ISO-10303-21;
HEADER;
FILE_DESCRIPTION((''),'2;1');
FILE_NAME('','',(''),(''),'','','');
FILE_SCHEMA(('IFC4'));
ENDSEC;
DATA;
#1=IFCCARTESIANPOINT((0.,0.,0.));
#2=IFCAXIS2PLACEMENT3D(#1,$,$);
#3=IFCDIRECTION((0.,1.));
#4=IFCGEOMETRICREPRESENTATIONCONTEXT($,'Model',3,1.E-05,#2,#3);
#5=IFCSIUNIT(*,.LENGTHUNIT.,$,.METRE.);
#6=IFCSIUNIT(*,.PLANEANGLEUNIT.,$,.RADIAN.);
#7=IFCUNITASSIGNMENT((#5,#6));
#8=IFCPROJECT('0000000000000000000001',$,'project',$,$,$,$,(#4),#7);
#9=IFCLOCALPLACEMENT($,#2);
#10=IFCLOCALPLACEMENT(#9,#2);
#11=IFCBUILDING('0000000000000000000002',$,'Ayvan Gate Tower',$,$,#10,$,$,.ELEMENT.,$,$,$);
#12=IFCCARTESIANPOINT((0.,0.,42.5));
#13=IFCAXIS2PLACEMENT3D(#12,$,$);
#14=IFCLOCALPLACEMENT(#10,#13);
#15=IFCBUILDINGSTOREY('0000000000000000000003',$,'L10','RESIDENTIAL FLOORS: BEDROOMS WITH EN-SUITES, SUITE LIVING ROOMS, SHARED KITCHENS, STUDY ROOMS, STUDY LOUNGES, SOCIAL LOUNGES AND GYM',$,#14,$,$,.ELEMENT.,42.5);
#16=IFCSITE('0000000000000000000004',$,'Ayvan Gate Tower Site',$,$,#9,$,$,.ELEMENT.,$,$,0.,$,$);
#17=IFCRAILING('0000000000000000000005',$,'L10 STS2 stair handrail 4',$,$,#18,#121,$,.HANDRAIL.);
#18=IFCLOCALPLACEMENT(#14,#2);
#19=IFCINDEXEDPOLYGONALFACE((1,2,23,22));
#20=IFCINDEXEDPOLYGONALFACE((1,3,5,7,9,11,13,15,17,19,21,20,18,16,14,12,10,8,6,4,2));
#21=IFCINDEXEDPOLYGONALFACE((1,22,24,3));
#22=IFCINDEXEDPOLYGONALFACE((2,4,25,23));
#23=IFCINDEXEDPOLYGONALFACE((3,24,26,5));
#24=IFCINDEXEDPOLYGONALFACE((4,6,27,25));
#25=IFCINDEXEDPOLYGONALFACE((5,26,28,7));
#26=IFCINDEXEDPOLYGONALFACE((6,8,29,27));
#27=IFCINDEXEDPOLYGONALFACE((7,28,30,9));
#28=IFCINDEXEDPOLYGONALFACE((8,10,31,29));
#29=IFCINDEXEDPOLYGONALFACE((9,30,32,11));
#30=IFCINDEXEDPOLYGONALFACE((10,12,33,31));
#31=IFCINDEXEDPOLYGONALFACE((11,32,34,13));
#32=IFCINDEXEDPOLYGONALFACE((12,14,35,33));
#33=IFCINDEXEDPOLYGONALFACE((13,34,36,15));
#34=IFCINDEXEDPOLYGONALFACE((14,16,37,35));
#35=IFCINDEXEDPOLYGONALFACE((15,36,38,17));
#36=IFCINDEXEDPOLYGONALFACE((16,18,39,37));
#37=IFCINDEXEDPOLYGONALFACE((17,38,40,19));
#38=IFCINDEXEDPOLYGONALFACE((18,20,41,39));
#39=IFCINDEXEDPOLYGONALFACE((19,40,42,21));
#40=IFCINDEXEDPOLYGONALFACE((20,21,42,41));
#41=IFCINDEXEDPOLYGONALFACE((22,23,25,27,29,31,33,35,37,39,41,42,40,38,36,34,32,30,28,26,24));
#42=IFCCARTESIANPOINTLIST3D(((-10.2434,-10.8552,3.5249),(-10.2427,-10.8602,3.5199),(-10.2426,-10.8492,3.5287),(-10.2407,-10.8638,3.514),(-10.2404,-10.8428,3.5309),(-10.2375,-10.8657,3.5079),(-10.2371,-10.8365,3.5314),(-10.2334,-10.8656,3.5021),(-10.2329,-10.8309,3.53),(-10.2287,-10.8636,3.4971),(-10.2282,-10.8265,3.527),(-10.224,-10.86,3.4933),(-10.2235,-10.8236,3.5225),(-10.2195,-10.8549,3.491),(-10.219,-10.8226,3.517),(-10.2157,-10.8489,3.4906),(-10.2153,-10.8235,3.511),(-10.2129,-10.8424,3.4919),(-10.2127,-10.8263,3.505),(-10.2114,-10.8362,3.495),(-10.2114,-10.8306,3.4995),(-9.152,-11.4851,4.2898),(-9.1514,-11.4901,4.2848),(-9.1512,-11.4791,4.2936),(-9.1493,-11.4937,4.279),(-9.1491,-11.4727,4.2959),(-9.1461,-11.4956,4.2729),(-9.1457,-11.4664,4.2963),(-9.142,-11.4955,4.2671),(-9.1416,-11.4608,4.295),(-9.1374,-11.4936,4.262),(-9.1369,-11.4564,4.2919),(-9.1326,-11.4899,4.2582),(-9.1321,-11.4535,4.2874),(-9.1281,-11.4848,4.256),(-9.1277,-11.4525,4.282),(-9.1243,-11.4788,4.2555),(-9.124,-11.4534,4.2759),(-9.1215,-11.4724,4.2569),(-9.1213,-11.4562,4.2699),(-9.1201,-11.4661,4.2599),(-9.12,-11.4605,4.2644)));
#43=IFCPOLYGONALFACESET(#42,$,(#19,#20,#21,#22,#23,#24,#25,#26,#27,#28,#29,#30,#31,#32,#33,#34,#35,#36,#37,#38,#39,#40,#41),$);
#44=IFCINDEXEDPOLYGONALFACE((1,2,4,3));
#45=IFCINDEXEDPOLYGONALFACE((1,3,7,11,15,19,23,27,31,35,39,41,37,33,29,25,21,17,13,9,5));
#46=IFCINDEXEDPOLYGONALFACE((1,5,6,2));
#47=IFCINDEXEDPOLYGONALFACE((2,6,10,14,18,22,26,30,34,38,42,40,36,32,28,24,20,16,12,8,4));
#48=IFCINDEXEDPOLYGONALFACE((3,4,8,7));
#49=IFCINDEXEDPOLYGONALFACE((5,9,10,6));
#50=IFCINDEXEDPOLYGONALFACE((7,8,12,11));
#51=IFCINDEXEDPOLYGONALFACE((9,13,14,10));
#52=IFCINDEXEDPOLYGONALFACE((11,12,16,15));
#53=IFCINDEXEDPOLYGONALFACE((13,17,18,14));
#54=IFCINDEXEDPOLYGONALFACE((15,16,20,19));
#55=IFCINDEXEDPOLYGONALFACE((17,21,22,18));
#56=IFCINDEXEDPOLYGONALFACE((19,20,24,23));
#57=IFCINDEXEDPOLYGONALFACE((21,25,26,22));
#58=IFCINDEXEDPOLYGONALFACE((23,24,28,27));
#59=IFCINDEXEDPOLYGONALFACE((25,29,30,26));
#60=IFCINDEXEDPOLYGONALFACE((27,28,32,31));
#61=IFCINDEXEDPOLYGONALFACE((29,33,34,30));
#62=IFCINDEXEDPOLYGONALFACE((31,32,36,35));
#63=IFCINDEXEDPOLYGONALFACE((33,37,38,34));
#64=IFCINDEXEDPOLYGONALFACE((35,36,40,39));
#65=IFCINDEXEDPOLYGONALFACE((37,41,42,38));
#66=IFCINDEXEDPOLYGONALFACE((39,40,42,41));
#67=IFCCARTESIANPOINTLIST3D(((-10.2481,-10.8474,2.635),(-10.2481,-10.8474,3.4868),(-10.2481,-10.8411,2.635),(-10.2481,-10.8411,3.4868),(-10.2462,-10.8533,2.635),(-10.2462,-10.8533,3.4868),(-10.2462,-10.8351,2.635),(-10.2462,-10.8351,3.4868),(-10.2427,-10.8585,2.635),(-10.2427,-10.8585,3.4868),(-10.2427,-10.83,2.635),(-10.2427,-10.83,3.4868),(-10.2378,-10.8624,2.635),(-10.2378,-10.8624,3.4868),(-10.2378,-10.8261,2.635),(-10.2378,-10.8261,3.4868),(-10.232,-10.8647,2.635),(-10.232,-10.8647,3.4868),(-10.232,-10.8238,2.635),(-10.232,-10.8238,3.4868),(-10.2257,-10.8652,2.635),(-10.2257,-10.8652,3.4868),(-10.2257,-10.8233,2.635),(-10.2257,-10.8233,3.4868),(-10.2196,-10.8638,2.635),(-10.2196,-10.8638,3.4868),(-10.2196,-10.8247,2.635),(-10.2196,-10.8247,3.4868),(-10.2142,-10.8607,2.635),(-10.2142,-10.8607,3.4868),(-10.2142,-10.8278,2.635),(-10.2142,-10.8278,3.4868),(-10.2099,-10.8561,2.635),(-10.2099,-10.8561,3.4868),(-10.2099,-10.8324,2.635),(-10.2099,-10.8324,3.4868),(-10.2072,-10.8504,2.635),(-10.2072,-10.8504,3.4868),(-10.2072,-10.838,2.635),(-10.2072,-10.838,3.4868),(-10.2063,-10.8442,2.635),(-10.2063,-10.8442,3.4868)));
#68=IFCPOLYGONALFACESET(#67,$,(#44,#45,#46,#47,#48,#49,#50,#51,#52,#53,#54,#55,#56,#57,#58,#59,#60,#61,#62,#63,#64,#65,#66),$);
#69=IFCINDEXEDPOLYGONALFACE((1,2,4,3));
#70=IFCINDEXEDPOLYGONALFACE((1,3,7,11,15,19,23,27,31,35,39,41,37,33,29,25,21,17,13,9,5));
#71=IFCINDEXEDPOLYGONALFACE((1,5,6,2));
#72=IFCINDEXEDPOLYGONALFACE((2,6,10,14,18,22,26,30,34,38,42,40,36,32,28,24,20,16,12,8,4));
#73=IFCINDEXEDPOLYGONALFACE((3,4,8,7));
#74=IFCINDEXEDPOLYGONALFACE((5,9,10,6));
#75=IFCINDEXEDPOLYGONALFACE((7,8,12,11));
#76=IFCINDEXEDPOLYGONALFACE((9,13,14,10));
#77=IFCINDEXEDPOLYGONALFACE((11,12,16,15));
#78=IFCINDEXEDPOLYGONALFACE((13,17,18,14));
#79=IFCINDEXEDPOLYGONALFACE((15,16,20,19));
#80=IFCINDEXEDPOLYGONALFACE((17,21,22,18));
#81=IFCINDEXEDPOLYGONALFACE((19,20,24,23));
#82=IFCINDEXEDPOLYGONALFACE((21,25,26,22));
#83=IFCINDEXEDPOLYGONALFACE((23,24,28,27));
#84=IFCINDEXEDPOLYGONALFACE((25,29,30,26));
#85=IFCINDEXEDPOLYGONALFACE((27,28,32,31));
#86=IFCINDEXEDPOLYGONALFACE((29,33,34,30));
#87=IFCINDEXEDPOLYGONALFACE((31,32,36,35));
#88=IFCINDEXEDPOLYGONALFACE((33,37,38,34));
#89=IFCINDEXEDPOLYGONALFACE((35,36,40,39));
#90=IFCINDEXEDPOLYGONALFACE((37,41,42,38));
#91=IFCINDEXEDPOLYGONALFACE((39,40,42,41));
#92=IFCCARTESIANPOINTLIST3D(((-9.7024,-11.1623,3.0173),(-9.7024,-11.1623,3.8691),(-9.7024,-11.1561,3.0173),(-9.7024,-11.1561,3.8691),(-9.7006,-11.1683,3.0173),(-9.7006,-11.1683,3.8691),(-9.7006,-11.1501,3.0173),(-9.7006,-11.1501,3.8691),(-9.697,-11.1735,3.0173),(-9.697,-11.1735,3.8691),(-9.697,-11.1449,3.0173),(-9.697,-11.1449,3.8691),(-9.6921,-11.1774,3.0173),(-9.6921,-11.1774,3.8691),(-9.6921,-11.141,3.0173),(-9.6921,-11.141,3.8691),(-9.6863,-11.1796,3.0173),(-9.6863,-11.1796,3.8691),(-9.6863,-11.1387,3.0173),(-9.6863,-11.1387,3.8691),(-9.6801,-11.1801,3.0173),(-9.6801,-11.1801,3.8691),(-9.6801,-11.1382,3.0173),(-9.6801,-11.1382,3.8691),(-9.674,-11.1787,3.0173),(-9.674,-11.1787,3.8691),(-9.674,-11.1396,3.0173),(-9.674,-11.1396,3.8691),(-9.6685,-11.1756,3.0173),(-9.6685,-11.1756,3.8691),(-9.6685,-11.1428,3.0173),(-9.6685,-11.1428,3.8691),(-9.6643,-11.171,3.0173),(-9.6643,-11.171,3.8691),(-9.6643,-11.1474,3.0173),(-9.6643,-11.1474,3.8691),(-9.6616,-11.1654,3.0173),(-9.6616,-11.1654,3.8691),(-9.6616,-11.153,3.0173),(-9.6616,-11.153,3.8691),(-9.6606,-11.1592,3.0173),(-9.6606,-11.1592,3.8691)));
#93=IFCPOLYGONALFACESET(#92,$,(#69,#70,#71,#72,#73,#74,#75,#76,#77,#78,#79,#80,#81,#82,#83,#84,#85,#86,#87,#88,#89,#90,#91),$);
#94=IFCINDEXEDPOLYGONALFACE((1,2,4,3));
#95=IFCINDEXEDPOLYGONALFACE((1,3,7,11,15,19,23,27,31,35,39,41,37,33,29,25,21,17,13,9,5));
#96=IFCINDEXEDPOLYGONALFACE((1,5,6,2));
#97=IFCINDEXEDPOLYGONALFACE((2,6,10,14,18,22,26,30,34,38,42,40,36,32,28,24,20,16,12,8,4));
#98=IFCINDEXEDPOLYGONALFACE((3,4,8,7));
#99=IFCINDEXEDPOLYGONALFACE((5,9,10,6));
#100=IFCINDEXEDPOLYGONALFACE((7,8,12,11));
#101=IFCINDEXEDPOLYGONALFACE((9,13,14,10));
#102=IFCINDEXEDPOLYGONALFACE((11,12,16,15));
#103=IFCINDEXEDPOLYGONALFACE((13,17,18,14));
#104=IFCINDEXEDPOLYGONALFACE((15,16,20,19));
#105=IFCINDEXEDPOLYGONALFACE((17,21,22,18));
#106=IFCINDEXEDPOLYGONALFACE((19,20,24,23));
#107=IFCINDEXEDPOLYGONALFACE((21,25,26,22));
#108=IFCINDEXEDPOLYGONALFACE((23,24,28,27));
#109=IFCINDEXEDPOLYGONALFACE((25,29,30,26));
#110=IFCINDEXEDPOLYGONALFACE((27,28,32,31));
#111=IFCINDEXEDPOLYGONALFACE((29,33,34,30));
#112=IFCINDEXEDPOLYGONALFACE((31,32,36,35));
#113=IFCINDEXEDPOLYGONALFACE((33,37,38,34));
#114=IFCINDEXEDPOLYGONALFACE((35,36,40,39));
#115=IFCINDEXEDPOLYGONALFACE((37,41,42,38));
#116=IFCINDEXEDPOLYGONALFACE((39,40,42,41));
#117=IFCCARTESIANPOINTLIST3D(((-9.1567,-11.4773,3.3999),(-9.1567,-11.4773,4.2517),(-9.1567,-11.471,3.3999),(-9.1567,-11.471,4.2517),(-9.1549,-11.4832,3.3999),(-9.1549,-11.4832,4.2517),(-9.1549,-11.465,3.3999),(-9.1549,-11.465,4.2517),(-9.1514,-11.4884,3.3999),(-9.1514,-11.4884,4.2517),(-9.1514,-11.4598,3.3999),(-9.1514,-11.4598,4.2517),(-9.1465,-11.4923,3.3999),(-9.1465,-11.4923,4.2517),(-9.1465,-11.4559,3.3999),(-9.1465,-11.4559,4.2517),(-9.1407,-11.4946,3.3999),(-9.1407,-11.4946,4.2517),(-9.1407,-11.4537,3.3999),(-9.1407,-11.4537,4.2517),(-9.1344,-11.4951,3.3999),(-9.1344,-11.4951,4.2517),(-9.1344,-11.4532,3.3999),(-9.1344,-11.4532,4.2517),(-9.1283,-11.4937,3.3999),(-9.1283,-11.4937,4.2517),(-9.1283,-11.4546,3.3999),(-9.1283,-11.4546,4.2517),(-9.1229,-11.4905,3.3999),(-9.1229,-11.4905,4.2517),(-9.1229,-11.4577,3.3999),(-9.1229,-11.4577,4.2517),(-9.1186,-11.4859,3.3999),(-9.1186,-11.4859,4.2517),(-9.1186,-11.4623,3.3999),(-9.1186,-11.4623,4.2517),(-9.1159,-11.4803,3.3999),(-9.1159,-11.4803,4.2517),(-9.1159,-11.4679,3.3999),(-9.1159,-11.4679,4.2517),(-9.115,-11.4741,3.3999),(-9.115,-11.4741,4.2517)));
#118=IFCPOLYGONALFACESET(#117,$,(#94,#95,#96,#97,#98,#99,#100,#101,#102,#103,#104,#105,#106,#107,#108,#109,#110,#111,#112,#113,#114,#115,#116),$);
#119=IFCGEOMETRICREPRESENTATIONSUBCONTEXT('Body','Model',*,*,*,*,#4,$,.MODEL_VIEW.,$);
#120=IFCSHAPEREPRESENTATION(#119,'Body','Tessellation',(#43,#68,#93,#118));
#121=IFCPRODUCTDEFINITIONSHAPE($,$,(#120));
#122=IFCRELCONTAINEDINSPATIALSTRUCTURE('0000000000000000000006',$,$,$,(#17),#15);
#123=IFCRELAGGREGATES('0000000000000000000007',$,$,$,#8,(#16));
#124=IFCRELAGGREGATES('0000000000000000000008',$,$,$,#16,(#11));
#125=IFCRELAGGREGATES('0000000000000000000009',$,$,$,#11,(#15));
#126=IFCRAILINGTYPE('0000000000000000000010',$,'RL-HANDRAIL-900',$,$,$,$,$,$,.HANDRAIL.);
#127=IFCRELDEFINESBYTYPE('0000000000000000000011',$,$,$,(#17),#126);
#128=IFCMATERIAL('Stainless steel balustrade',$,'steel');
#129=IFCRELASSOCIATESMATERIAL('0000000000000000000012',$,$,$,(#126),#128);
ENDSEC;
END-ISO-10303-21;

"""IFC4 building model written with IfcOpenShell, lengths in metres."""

from ifc_helpers import new_model, si_unit, direction, frame, origin, origin_2d, place, context, subcontext, project, spatial, circle, extrude, material, type_object, element, save


model = new_model("IFC4")

# Units and contexts
model_context = context("Model", 3, precision=1e-05, world=origin(), true_north=direction((0.0, 1.0)))
body_context = subcontext(model_context, "Body", "Model", "MODEL_VIEW")
ifc_project = project(units=[si_unit("LENGTHUNIT", "METRE"), si_unit("PLANEANGLEUNIT", "RADIAN")], contexts=[model_context])

# Site, building, storey
site_placement = place(None, origin())
site = spatial("IfcSite", under=ifc_project, at=site_placement, Name="Ayvan Gate Tower Site", CompositionType="ELEMENT", RefElevation=0.0)
building_placement = place(site_placement, origin())
building = spatial("IfcBuilding", under=site, at=building_placement, Name="Ayvan Gate Tower", CompositionType="ELEMENT")
storey_placement = place(building_placement, frame((0.0, 0.0, 42.5)))
storey = spatial("IfcBuildingStorey", under=building, at=storey_placement, Name="L10", Description="RESIDENTIAL FLOORS: BEDROOMS WITH EN-SUITES, SUITE LIVING ROOMS, SHARED KITCHENS, STUDY ROOMS, STUDY LOUNGES, SOCIAL LOUNGES AND GYM", CompositionType="ELEMENT", Elevation=42.5)

# Railing
ifc_material_1 = material(Name="Stainless steel balustrade", Category="steel")
railing_type_1 = type_object("IfcRailingType", Name="RL-HANDRAIL-900", PredefinedType="HANDRAIL", material=ifc_material_1)
railing_1_placement = place(storey_placement, frame((-10.2273, -10.8442, 2.635)))
element("IfcRailing", 1, at=railing_1_placement, inside=storey, type_object=railing_type_1, Name="L10 STS2 stair handrail 4", PredefinedType="HANDRAIL", context=body_context, shape_type="SweptSolid", body=[
    extrude(circle(Radius=0.0239, at=origin_2d()), frame((0.0, 0.0, 0.876), z_axis=(0.740357, -0.42732, 0.518912), x_axis=(0.49989, 0.866089, 0.0)), (0.0, 0.0, 1.0), 1.4741),
    extrude(circle(Radius=0.021, at=origin_2d()), origin(), (0.0, 0.0, 1.0), 0.8518),
    extrude(circle(Radius=0.021, at=origin_2d()), frame((0.5457, -0.3149, 0.3823)), (0.0, 0.0, 1.0), 0.8518),
    extrude(circle(Radius=0.021, at=origin_2d()), frame((1.0913, -0.6299, 0.7649)), (0.0, 0.0, 1.0), 0.8518),
])

save(model, "model.ifc")
